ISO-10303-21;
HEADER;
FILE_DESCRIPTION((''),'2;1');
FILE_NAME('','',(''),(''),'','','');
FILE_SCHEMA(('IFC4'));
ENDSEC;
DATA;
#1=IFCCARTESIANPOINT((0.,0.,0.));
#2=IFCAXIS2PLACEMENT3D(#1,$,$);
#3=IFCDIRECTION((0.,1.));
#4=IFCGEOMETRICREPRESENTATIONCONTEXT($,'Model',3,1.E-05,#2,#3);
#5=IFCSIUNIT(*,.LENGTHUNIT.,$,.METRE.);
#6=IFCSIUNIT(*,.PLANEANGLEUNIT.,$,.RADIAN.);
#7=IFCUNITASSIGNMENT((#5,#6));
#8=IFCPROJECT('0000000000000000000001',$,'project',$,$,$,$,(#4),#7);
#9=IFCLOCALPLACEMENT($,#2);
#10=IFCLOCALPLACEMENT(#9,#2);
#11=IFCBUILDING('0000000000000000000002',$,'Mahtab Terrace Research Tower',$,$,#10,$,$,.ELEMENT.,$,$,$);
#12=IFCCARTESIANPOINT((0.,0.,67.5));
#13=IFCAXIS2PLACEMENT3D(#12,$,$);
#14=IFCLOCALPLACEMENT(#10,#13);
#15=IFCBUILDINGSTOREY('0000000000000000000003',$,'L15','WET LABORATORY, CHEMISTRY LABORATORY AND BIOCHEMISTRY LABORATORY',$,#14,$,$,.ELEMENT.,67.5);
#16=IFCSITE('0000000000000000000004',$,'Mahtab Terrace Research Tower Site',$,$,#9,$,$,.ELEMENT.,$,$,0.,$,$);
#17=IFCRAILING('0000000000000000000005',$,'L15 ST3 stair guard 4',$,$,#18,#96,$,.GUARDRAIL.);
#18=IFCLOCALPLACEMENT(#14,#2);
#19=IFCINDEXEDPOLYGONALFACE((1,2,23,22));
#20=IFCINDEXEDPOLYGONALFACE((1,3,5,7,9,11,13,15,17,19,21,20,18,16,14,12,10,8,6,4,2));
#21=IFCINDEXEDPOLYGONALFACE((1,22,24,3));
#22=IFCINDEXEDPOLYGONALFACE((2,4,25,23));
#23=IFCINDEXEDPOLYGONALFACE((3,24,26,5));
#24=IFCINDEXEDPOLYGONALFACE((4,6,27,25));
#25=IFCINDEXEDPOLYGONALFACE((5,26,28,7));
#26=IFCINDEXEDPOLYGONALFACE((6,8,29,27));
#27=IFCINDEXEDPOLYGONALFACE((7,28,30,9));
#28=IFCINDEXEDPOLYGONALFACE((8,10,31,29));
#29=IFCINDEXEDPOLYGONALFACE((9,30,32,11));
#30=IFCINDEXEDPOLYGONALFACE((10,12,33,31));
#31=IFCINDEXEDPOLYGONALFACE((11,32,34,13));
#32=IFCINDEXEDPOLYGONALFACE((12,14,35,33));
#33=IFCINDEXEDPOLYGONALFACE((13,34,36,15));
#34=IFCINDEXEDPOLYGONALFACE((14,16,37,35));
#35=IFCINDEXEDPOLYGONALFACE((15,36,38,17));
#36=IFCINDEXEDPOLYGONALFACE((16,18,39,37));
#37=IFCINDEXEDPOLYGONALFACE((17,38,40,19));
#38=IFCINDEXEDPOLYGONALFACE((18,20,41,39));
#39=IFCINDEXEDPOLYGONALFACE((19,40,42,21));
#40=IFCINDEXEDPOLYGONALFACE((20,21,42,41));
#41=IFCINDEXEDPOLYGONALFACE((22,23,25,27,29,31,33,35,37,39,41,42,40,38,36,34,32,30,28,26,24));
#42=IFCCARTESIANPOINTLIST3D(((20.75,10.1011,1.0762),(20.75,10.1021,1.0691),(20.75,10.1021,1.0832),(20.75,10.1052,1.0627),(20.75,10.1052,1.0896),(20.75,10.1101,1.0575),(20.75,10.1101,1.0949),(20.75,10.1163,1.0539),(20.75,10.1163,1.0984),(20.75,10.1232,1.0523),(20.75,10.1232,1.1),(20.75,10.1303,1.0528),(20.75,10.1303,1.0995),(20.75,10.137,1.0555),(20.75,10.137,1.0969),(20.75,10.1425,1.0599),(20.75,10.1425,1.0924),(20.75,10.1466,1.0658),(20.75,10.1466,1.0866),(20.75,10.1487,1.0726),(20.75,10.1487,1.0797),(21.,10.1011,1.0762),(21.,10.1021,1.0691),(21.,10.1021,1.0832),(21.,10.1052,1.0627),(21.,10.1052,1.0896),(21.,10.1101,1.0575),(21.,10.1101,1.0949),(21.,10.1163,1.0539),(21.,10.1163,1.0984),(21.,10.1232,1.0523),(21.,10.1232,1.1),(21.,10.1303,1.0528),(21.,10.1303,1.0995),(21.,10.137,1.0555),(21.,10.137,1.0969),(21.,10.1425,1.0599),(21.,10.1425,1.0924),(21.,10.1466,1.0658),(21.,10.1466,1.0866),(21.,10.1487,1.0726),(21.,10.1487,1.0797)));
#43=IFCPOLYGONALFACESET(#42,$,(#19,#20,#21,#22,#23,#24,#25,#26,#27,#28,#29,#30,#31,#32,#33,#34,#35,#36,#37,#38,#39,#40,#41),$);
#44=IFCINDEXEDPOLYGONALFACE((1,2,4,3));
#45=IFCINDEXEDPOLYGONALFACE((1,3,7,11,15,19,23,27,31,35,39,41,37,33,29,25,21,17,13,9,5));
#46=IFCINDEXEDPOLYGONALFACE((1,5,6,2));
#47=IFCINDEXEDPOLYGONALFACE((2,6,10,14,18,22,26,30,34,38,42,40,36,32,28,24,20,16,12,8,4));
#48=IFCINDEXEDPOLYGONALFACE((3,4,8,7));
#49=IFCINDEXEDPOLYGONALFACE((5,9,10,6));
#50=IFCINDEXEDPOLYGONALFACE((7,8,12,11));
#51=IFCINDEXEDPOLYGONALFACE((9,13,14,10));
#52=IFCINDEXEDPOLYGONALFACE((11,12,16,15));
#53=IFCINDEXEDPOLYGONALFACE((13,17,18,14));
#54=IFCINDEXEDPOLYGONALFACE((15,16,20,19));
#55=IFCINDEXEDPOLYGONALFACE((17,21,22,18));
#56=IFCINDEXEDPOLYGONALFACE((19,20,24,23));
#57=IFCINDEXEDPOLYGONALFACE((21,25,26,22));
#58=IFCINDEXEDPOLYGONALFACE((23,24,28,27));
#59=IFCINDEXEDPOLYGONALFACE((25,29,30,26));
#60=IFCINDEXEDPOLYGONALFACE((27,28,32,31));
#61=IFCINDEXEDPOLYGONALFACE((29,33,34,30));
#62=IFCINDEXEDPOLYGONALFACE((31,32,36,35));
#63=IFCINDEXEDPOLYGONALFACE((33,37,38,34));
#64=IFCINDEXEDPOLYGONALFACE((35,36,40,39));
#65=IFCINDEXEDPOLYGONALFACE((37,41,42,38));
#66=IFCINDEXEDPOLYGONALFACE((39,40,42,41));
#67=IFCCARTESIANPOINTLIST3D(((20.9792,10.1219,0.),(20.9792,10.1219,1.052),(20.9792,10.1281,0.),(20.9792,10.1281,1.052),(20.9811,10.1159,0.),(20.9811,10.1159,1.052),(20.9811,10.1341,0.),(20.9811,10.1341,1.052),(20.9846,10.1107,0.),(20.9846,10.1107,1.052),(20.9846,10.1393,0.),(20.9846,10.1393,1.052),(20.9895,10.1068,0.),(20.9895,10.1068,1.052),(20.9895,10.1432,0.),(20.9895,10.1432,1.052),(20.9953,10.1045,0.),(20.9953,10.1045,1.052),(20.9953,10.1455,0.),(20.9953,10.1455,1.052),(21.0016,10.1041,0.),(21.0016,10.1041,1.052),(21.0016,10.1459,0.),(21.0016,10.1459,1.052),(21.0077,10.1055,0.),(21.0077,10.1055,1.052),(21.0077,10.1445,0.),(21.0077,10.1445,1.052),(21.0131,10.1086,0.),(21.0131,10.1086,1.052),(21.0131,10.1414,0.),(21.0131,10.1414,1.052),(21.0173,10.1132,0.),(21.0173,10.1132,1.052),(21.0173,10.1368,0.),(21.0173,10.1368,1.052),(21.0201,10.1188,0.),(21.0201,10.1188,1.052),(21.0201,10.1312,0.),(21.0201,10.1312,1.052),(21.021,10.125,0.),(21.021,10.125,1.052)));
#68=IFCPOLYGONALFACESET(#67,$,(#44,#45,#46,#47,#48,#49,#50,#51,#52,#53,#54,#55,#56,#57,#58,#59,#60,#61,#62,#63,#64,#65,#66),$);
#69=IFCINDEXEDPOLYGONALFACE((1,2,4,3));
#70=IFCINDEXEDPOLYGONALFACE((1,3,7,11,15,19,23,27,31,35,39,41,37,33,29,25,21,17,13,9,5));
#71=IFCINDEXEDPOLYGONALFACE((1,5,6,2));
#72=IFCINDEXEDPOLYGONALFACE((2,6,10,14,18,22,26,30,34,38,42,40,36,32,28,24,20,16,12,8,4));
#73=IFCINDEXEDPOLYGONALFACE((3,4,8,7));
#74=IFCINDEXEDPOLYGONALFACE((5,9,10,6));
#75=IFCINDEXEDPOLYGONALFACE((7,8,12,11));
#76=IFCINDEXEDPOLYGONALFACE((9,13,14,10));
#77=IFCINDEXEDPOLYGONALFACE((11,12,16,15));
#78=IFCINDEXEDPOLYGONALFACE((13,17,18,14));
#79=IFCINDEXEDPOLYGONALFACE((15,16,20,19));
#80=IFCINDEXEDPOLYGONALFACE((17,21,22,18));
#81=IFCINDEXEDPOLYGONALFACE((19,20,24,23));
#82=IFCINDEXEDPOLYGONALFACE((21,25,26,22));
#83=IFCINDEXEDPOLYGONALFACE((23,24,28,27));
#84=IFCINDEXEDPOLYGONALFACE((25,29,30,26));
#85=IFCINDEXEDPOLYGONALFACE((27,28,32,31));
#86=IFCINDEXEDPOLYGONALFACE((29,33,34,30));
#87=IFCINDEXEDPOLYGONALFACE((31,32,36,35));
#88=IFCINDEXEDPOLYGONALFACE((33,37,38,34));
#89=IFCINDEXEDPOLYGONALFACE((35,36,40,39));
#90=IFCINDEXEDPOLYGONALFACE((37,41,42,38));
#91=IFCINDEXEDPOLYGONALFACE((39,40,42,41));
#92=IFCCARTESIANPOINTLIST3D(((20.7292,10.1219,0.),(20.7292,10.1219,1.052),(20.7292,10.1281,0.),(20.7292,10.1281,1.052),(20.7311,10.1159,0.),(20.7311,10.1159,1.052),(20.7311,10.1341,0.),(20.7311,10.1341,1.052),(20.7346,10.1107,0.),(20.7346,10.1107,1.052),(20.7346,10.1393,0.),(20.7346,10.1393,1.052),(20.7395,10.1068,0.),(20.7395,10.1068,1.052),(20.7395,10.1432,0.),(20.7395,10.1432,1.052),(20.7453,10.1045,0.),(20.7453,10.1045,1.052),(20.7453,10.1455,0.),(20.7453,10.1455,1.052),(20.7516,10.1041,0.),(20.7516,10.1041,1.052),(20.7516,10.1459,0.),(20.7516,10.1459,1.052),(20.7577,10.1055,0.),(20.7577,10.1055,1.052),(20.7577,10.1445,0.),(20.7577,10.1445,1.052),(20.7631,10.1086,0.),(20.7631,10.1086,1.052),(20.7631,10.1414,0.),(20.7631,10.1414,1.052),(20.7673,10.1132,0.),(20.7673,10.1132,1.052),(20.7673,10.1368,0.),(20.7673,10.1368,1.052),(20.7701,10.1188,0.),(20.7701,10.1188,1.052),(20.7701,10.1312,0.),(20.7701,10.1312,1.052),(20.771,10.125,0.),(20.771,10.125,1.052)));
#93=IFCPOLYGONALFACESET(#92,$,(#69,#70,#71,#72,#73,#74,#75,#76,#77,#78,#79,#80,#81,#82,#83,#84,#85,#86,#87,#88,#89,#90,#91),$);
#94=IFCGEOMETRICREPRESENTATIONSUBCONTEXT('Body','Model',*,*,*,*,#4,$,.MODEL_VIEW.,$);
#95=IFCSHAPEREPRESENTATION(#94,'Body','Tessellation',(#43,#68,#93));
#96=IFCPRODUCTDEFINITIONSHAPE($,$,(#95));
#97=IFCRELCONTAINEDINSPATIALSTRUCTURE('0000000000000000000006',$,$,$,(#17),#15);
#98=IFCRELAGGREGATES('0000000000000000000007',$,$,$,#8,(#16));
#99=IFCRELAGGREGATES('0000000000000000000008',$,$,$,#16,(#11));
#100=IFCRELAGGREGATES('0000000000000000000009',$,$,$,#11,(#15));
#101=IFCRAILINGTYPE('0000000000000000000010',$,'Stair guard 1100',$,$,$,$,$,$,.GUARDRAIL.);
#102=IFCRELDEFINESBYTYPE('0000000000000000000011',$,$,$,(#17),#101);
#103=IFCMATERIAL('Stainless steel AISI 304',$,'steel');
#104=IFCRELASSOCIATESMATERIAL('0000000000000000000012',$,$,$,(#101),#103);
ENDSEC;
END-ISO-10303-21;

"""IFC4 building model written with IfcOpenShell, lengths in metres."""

from ifc_helpers import new_model, si_unit, direction, frame, origin, origin_2d, place, context, subcontext, project, spatial, circle, extrude, material, type_object, element, save


model = new_model("IFC4")

# Units and contexts
model_context = context("Model", 3, precision=1e-05, world=origin(), true_north=direction((0.0, 1.0)))
body_context = subcontext(model_context, "Body", "Model", "MODEL_VIEW")
ifc_project = project(units=[si_unit("LENGTHUNIT", "METRE"), si_unit("PLANEANGLEUNIT", "RADIAN")], contexts=[model_context])

# Site, building, storey
site_placement = place(None, origin())
site = spatial("IfcSite", under=ifc_project, at=site_placement, Name="Mahtab Terrace Research Tower Site", CompositionType="ELEMENT", RefElevation=0.0)
building_placement = place(site_placement, origin())
building = spatial("IfcBuilding", under=site, at=building_placement, Name="Mahtab Terrace Research Tower", CompositionType="ELEMENT")
storey_placement = place(building_placement, frame((0.0, 0.0, 67.5)))
storey = spatial("IfcBuildingStorey", under=building, at=storey_placement, Name="L15", Description="WET LABORATORY, CHEMISTRY LABORATORY AND BIOCHEMISTRY LABORATORY", CompositionType="ELEMENT", Elevation=67.5)

# Railing
ifc_material_1 = material(Name="Stainless steel AISI 304", Category="steel")
railing_type_1 = type_object("IfcRailingType", Name="Stair guard 1100", PredefinedType="GUARDRAIL", material=ifc_material_1)
railing_1_placement = place(storey_placement, frame((21.0, 10.125, 0.0)))
element("IfcRailing", 1, at=railing_1_placement, inside=storey, type_object=railing_type_1, Name="L15 ST3 stair guard 4", PredefinedType="GUARDRAIL", context=body_context, shape_type="SweptSolid", body=[
    extrude(circle(Radius=0.0239, at=origin_2d()), frame((0.0, 0.0, 1.0762), z_axis=(-1.0, 0.0, 0.0), x_axis=(0.0, -1.0, 0.0)), (0.0, 0.0, 1.0), 0.25),
    extrude(circle(Radius=0.021, at=origin_2d()), origin(), (0.0, 0.0, 1.0), 1.052),
    extrude(circle(Radius=0.021, at=origin_2d()), frame((-0.25, 0.0, 0.0)), (0.0, 0.0, 1.0), 1.052),
])

save(model, "model.ifc")
